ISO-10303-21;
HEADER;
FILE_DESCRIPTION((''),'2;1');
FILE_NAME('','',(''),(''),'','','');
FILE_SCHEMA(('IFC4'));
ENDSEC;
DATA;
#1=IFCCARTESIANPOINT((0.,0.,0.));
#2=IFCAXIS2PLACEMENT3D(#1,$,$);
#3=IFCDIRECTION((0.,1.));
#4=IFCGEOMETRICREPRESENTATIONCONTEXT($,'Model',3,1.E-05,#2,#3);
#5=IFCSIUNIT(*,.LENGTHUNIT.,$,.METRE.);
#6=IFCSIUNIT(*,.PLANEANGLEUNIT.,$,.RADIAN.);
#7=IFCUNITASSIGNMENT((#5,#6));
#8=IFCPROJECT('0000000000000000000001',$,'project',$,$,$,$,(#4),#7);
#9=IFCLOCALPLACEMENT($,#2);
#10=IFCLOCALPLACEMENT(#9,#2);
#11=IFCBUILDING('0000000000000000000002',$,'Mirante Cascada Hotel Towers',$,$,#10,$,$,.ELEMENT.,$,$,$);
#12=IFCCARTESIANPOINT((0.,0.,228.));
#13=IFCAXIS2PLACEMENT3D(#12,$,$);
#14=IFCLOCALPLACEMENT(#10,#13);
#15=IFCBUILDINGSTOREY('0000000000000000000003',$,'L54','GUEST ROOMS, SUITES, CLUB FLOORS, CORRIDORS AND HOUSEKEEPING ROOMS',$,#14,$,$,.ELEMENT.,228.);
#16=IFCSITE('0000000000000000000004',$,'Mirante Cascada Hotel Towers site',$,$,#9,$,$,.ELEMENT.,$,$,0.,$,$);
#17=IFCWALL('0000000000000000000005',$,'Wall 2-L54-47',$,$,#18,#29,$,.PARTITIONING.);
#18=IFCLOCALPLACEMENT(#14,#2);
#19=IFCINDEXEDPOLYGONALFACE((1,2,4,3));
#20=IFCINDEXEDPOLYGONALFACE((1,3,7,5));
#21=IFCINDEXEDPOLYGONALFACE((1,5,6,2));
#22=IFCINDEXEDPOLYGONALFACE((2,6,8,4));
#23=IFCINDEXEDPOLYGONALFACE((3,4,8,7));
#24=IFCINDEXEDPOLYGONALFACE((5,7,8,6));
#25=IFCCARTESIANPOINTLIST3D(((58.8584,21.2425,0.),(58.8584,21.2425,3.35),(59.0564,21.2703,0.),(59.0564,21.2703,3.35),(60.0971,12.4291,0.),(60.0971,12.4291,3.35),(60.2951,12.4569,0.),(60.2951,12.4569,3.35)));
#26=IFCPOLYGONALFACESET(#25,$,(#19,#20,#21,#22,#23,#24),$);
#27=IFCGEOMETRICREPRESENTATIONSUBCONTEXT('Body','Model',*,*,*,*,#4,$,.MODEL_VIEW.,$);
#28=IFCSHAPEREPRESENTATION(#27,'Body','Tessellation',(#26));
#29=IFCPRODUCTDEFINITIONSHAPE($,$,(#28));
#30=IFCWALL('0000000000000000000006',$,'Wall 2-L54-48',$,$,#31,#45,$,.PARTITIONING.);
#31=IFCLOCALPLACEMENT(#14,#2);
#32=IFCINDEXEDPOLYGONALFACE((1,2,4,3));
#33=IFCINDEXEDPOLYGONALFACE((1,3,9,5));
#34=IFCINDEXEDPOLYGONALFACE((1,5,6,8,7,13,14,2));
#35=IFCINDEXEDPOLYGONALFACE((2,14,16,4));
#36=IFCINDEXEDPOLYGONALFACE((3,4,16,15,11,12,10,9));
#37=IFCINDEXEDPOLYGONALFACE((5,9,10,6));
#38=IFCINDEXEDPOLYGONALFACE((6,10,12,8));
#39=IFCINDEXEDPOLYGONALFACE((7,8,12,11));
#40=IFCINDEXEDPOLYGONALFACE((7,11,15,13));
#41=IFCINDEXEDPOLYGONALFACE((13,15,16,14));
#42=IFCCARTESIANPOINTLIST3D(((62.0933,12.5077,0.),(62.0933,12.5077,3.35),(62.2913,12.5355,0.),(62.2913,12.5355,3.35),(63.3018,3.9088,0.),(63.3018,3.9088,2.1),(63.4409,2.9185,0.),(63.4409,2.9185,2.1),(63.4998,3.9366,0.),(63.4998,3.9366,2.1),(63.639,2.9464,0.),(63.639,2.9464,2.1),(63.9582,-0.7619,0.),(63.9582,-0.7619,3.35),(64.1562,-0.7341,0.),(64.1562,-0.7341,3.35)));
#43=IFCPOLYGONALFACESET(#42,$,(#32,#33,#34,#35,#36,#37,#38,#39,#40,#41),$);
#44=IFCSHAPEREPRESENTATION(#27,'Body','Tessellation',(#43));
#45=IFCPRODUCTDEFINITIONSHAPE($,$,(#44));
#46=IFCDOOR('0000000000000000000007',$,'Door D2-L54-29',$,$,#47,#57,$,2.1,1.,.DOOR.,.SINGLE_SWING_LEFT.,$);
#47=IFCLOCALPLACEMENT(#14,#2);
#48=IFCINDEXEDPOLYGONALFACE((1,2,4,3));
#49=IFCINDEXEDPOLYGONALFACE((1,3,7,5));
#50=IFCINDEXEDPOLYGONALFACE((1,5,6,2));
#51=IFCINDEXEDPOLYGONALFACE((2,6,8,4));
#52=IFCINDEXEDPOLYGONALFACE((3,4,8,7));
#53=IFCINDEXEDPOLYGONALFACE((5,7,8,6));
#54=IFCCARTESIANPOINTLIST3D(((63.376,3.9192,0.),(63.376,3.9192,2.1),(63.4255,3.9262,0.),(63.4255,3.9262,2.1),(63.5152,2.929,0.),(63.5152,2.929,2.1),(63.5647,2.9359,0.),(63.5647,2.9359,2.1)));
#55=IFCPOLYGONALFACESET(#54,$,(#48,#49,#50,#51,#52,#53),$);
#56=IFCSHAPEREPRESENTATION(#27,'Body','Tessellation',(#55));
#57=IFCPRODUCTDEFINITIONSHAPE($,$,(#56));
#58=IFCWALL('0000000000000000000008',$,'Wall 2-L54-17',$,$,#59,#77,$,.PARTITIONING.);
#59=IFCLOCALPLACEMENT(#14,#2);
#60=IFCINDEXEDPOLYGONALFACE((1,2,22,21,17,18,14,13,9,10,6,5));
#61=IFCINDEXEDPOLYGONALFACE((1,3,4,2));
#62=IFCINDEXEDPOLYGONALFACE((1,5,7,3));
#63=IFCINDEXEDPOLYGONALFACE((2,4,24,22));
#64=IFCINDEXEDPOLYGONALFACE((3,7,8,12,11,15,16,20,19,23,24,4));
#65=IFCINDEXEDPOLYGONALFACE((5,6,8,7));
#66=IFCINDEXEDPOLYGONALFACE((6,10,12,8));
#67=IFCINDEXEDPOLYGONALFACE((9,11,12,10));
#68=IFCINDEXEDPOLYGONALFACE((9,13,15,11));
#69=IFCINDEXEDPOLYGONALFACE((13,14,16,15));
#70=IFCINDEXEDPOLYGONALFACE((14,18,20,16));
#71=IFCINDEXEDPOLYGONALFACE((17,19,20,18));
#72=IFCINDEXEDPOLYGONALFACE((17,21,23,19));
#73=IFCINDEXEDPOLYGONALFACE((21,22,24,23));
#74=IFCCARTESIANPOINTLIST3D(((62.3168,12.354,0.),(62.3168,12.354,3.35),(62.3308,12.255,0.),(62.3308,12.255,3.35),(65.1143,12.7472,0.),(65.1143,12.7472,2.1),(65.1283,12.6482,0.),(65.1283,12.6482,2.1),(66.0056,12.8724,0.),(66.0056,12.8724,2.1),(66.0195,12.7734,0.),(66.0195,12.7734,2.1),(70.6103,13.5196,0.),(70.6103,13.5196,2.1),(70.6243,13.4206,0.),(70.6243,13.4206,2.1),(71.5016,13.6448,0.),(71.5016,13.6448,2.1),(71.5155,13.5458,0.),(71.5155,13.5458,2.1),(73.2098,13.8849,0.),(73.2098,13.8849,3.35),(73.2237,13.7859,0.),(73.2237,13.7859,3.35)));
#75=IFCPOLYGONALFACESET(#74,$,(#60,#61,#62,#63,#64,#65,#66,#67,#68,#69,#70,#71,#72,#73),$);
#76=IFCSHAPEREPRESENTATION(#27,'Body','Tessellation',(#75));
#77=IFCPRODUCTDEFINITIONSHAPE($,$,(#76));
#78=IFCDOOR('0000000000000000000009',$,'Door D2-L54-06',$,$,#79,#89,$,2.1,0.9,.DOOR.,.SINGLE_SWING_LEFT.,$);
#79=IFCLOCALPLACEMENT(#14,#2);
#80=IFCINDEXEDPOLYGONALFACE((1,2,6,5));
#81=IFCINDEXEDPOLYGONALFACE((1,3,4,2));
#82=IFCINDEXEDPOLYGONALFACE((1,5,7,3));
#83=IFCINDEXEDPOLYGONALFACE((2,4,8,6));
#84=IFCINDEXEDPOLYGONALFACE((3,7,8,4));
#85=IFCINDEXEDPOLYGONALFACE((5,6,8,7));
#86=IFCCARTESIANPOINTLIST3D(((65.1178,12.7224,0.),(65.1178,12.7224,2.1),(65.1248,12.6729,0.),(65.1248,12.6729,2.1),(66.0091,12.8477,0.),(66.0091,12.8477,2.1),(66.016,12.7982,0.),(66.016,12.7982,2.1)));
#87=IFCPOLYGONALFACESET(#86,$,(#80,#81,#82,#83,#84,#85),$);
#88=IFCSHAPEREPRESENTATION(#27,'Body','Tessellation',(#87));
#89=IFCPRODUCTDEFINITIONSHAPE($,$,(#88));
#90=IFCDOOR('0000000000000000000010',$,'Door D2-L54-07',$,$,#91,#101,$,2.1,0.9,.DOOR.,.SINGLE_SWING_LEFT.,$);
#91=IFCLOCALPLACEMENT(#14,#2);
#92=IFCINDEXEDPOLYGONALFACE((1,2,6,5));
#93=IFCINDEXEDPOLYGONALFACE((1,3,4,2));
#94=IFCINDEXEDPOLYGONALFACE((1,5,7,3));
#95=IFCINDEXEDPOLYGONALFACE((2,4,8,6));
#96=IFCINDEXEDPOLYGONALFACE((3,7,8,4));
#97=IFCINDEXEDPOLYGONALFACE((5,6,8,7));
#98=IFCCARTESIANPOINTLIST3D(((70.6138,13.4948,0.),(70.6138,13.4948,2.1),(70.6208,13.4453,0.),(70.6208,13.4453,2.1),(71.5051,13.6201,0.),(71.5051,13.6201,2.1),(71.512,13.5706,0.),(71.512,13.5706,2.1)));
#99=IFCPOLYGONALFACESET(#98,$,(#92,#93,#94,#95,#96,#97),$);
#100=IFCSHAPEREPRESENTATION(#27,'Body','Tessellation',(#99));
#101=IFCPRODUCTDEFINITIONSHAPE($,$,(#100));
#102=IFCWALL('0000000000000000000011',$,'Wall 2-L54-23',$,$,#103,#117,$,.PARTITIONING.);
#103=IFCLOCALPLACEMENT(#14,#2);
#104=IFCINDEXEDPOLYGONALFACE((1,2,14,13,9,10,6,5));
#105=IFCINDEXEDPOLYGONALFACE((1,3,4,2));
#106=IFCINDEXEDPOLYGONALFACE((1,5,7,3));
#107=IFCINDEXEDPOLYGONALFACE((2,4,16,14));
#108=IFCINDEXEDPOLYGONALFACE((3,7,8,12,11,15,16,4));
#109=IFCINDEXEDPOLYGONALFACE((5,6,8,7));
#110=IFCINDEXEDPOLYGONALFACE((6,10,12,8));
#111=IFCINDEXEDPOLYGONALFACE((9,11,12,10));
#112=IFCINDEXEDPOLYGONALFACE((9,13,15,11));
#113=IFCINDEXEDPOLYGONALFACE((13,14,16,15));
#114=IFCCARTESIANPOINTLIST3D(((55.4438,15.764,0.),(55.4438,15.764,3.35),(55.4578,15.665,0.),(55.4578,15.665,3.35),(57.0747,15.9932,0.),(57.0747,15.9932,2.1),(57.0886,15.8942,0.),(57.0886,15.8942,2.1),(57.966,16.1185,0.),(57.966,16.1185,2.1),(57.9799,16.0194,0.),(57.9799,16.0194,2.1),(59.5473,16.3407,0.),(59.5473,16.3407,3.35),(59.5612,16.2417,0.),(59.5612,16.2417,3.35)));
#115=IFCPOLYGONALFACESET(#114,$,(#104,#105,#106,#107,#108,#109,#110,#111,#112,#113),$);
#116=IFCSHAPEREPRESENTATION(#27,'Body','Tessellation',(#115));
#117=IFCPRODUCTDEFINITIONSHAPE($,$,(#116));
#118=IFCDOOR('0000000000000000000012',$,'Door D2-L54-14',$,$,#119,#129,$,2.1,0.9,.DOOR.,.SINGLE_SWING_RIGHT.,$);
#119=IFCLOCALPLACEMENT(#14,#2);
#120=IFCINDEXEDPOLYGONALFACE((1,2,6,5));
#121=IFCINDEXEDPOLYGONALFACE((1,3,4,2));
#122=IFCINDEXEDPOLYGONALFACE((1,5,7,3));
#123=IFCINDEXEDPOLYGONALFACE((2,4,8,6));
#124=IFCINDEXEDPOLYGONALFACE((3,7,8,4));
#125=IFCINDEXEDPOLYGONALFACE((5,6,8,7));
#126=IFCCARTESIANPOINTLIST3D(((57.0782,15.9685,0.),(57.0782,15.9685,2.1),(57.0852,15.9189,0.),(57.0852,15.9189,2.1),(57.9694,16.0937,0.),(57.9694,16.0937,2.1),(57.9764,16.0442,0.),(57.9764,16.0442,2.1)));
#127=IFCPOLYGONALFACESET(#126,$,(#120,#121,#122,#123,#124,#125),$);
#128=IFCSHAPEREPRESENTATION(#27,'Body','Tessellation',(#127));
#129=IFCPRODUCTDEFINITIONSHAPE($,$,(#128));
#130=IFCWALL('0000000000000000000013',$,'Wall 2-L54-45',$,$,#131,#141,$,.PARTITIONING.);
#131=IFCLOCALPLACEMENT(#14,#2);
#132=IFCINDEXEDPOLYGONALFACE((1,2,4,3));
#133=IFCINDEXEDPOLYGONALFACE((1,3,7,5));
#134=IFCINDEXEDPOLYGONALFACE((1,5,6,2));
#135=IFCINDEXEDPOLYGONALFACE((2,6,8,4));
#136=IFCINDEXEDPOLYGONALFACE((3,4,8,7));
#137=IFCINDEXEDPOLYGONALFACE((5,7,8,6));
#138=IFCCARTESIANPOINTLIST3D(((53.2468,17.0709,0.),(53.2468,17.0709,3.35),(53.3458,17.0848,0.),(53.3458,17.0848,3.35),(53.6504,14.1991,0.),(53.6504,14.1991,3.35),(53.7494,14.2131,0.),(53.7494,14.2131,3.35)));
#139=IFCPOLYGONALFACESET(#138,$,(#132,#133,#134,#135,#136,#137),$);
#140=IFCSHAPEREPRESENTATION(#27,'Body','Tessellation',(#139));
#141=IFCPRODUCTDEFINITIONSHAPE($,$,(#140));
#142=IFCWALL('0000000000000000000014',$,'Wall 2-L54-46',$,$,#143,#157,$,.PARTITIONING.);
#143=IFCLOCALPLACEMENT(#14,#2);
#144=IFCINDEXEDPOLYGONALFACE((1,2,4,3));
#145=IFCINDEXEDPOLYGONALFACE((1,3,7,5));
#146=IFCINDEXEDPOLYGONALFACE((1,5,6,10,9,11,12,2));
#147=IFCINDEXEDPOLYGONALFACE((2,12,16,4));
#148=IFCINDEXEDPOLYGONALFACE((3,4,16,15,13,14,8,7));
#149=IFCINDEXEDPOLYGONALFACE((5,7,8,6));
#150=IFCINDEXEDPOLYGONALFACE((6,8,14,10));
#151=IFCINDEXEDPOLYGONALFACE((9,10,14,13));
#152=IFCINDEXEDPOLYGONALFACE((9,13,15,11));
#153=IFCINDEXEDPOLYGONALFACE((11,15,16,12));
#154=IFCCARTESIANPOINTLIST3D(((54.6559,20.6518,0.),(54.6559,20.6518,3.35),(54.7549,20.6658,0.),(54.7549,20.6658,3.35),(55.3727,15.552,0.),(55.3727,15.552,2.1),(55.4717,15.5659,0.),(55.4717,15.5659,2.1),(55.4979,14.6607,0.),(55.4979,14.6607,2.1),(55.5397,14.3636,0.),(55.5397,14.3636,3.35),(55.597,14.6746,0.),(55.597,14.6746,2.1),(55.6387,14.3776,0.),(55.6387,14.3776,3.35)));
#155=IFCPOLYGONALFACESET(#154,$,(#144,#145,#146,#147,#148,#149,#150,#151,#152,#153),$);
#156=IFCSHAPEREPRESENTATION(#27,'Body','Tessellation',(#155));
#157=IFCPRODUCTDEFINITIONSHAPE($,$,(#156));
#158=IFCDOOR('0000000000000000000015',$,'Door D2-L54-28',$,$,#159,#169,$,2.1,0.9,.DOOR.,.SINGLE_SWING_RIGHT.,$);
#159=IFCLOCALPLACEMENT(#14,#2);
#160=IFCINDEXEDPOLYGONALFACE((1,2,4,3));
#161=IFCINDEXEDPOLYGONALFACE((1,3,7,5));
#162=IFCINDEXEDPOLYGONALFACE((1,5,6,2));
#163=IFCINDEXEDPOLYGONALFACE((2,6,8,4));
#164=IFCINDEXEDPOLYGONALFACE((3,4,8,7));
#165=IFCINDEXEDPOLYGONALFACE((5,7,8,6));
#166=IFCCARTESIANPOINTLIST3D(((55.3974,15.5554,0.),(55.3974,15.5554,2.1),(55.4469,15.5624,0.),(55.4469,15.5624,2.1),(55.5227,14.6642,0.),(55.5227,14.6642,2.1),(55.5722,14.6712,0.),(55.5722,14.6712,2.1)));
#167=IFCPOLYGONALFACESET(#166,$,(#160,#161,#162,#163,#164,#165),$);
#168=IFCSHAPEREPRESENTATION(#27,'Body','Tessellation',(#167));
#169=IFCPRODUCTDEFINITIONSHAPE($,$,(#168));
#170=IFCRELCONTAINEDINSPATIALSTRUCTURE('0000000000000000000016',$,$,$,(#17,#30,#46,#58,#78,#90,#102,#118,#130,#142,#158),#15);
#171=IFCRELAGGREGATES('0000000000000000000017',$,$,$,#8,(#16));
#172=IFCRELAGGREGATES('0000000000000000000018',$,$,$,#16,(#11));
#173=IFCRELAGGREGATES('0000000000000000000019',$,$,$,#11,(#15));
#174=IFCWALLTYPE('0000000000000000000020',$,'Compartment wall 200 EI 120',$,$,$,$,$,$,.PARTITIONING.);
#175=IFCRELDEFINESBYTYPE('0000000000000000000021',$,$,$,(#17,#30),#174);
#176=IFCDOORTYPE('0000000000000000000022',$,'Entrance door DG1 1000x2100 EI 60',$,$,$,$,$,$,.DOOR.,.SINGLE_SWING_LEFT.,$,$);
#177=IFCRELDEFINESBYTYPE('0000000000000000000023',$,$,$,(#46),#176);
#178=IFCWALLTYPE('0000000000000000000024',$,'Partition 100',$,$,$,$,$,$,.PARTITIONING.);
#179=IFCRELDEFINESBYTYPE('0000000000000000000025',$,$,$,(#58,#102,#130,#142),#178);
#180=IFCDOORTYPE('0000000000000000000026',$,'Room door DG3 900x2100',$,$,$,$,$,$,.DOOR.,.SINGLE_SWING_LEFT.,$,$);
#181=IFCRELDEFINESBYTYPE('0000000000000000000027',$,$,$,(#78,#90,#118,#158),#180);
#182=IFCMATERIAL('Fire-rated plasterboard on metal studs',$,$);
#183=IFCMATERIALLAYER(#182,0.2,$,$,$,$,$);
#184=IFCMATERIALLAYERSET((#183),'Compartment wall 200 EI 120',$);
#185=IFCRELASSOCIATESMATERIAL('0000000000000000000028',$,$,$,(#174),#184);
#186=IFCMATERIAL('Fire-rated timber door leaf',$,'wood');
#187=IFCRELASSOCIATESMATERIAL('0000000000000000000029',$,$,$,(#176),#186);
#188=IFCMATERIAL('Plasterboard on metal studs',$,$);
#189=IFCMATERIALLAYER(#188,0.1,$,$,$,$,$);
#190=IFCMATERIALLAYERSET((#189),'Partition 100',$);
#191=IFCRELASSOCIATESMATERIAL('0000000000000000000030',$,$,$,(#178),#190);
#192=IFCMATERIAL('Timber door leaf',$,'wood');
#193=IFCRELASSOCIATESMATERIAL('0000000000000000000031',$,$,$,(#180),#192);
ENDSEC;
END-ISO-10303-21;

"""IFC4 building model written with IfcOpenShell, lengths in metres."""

from ifc_helpers import new_model, si_unit, direction, frame, frame_2d, origin, place, context, subcontext, project, spatial, rectangle, extrude, material, layer, layer_set, type_object, element, fill, save


model = new_model("IFC4")

# Units and contexts
model_context = context("Model", 3, precision=1e-05, world=origin(), true_north=direction((0.0, 1.0)))
body_context = subcontext(model_context, "Body", "Model", "MODEL_VIEW")
ifc_project = project(units=[si_unit("LENGTHUNIT", "METRE"), si_unit("PLANEANGLEUNIT", "RADIAN")], contexts=[model_context])

# Site, building, storey
site_placement = place(None, origin())
site = spatial("IfcSite", under=ifc_project, at=site_placement, Name="Mirante Cascada Hotel Towers site", CompositionType="ELEMENT", RefElevation=0.0)
building_placement = place(site_placement, origin())
building = spatial("IfcBuilding", under=site, at=building_placement, Name="Mirante Cascada Hotel Towers", CompositionType="ELEMENT")
storey_placement = place(building_placement, frame((0.0, 0.0, 228.0)))
storey = spatial("IfcBuildingStorey", under=building, at=storey_placement, Name="L54", Description="GUEST ROOMS, SUITES, CLUB FLOORS, CORRIDORS AND HOUSEKEEPING ROOMS", CompositionType="ELEMENT", Elevation=228.0)

# Shared definitions
ifc_material_1 = material(Name="Fire-rated plasterboard on metal studs")
ifc_layer_1 = layer(ifc_material_1, 0.2)
ifc_layer_set_1 = layer_set([ifc_layer_1], Name="Compartment wall 200 EI 120")
wall_type_1 = type_object("IfcWallType", Name="Compartment wall 200 EI 120", PredefinedType="PARTITIONING", material=ifc_layer_set_1)
ifc_material_2 = material(Name="Fire-rated timber door leaf", Category="wood")
door_type_1 = type_object("IfcDoorType", Name="Entrance door DG1 1000x2100 EI 60", OperationType="SINGLE_SWING_LEFT", PredefinedType="DOOR", material=ifc_material_2)

# Wall
wall_1_placement = place(storey_placement, frame((60.1961, 12.443, 0.0), z_axis=(0.0, 0.0, 1.0), x_axis=(-0.139179, 0.990267, 0.0)))
element("IfcWall", 1, at=wall_1_placement, inside=storey, type_object=wall_type_1, Name="Wall 2-L54-47", PredefinedType="PARTITIONING", context=body_context, shape_type="SweptSolid", body=[
    extrude(rectangle(XDim=8.9, YDim=0.2, at=frame_2d((4.45, 0.0))), origin(), (0.0, 0.0, 1.0), 3.35),
])

# Wall, opening, door
wall_2_placement = place(storey_placement, frame((62.1923, 12.5216, 0.0), z_axis=(0.0, 0.0, 1.0), x_axis=(0.139172, -0.990268, 0.0)))
wall_2 = element("IfcWall", 2, at=wall_2_placement, inside=storey, type_object=wall_type_1, Name="Wall 2-L54-48", PredefinedType="PARTITIONING", context=body_context, shape_type="SweptSolid", body=[
    extrude(rectangle(XDim=13.4, YDim=0.2, at=frame_2d((6.7, 0.0))), origin(), (0.0, 0.0, 1.0), 3.35),
])
opening_1_placement = place(wall_2_placement, frame((8.6834, 0.0, 0.0)))
opening_1 = element("IfcOpeningElement", 3, at=opening_1_placement, cuts=wall_2, PredefinedType="OPENING", context=body_context, shape_type="SweptSolid", body=[
    extrude(rectangle(XDim=1.0, YDim=2.1, at=frame_2d((0.5, 1.05))), frame((0.0, 0.1, 0.0), z_axis=(0.0, -1.0, 0.0), x_axis=(1.0, 0.0, 0.0)), (0.0, 0.0, 1.0), 0.2),
])
door_1_placement = place(opening_1_placement, origin())
door_1 = element("IfcDoor", 4, at=door_1_placement, inside=storey, type_object=door_type_1, Name="Door D2-L54-29", OperationType="SINGLE_SWING_LEFT", OverallHeight=2.1, OverallWidth=1.0, PredefinedType="DOOR", context=body_context, shape_type="SweptSolid", body=[
    extrude(rectangle(XDim=1.0, YDim=2.1, at=frame_2d((0.5, 1.05))), frame((0.0, 0.025, 0.0), z_axis=(0.0, -1.0, 0.0), x_axis=(1.0, 0.0, 0.0)), (0.0, 0.0, 1.0), 0.05),
])
fill(opening_1, door_1)

# Wall, openings, doors
ifc_material_3 = material(Name="Plasterboard on metal studs")
ifc_layer_2 = layer(ifc_material_3, 0.1)
ifc_layer_set_2 = layer_set([ifc_layer_2], Name="Partition 100")
wall_type_2 = type_object("IfcWallType", Name="Partition 100", PredefinedType="PARTITIONING", material=ifc_layer_set_2)
wall_3_placement = place(storey_placement, frame((62.3238, 12.3045, 0.0), z_axis=(0.0, 0.0, 1.0), x_axis=(0.990268, 0.139173, 0.0)))
wall_3 = element("IfcWall", 5, at=wall_3_placement, inside=storey, type_object=wall_type_2, Name="Wall 2-L54-17", PredefinedType="PARTITIONING", context=body_context, shape_type="SweptSolid", body=[
    extrude(rectangle(XDim=11.0, YDim=0.1, at=frame_2d((5.5, 0.0))), origin(), (0.0, 0.0, 1.0), 3.35),
])
opening_2_placement = place(wall_3_placement, frame((2.825, 0.0, 0.0)))
opening_2 = element("IfcOpeningElement", 6, at=opening_2_placement, cuts=wall_3, PredefinedType="OPENING", context=body_context, shape_type="SweptSolid", body=[
    extrude(rectangle(XDim=0.9, YDim=2.1, at=frame_2d((0.45, 1.05))), frame((0.0, 0.05, 0.0), z_axis=(0.0, -1.0, 0.0), x_axis=(1.0, 0.0, 0.0)), (0.0, 0.0, 1.0), 0.1),
])
opening_3_placement = place(wall_3_placement, frame((8.375, 0.0, 0.0)))
opening_3 = element("IfcOpeningElement", 7, at=opening_3_placement, cuts=wall_3, PredefinedType="OPENING", context=body_context, shape_type="SweptSolid", body=[
    extrude(rectangle(XDim=0.9, YDim=2.1, at=frame_2d((0.45, 1.05))), frame((0.0, 0.05, 0.0), z_axis=(0.0, -1.0, 0.0), x_axis=(1.0, 0.0, 0.0)), (0.0, 0.0, 1.0), 0.1),
])
ifc_material_4 = material(Name="Timber door leaf", Category="wood")
door_type_2 = type_object("IfcDoorType", Name="Room door DG3 900x2100", OperationType="SINGLE_SWING_LEFT", PredefinedType="DOOR", material=ifc_material_4)
door_2_placement = place(opening_2_placement, origin())
door_2 = element("IfcDoor", 8, at=door_2_placement, inside=storey, type_object=door_type_2, Name="Door D2-L54-06", OperationType="SINGLE_SWING_LEFT", OverallHeight=2.1, OverallWidth=0.9, PredefinedType="DOOR", context=body_context, shape_type="SweptSolid", body=[
    extrude(rectangle(XDim=0.9, YDim=2.1, at=frame_2d((0.45, 1.05))), frame((0.0, 0.025, 0.0), z_axis=(0.0, -1.0, 0.0), x_axis=(1.0, 0.0, 0.0)), (0.0, 0.0, 1.0), 0.05),
])
fill(opening_2, door_2)
door_3_placement = place(opening_3_placement, origin())
door_3 = element("IfcDoor", 9, at=door_3_placement, inside=storey, type_object=door_type_2, Name="Door D2-L54-07", OperationType="SINGLE_SWING_LEFT", OverallHeight=2.1, OverallWidth=0.9, PredefinedType="DOOR", context=body_context, shape_type="SweptSolid", body=[
    extrude(rectangle(XDim=0.9, YDim=2.1, at=frame_2d((0.45, 1.05))), frame((0.0, 0.025, 0.0), z_axis=(0.0, -1.0, 0.0), x_axis=(1.0, 0.0, 0.0)), (0.0, 0.0, 1.0), 0.05),
])
fill(opening_3, door_3)

# Wall, opening, door
wall_4_placement = place(storey_placement, frame((55.4508, 15.7145, 0.0), z_axis=(0.0, 0.0, 1.0), x_axis=(0.990268, 0.139171, 0.0)))
wall_4 = element("IfcWall", 10, at=wall_4_placement, inside=storey, type_object=wall_type_2, Name="Wall 2-L54-23", PredefinedType="PARTITIONING", context=body_context, shape_type="SweptSolid", body=[
    extrude(rectangle(XDim=4.1438, YDim=0.1, at=frame_2d((2.0719, 0.0))), origin(), (0.0, 0.0, 1.0), 3.35),
])
opening_4_placement = place(wall_4_placement, frame((1.6469, 0.0, 0.0)))
opening_4 = element("IfcOpeningElement", 11, at=opening_4_placement, cuts=wall_4, PredefinedType="OPENING", context=body_context, shape_type="SweptSolid", body=[
    extrude(rectangle(XDim=0.9, YDim=2.1, at=frame_2d((0.45, 1.05))), frame((0.0, 0.05, 0.0), z_axis=(0.0, -1.0, 0.0), x_axis=(1.0, 0.0, 0.0)), (0.0, 0.0, 1.0), 0.1),
])
door_4_placement = place(opening_4_placement, frame((0.9, 0.0, 0.0), z_axis=(0.0, 0.0, 1.0), x_axis=(-1.0, 0.0, 0.0)))
door_4 = element("IfcDoor", 12, at=door_4_placement, inside=storey, type_object=door_type_2, Name="Door D2-L54-14", OperationType="SINGLE_SWING_RIGHT", OverallHeight=2.1, OverallWidth=0.9, PredefinedType="DOOR", context=body_context, shape_type="SweptSolid", body=[
    extrude(rectangle(XDim=0.9, YDim=2.1, at=frame_2d((0.45, 1.05))), frame((0.0, 0.025, 0.0), z_axis=(0.0, -1.0, 0.0), x_axis=(1.0, 0.0, 0.0)), (0.0, 0.0, 1.0), 0.05),
])
fill(opening_4, door_4)

# Wall
wall_5_placement = place(storey_placement, frame((53.6999, 14.2061, 0.0), z_axis=(0.0, 0.0, 1.0), x_axis=(-0.139171, 0.990268, 0.0)))
element("IfcWall", 13, at=wall_5_placement, inside=storey, type_object=wall_type_2, Name="Wall 2-L54-45", PredefinedType="PARTITIONING", context=body_context, shape_type="SweptSolid", body=[
    extrude(rectangle(XDim=2.9, YDim=0.1, at=frame_2d((1.45, 0.0))), origin(), (0.0, 0.0, 1.0), 3.35),
])

# Wall, opening, door
wall_6_placement = place(storey_placement, frame((54.7054, 20.6588, 0.0), z_axis=(0.0, 0.0, 1.0), x_axis=(0.139181, -0.990267, 0.0)))
wall_6 = element("IfcWall", 14, at=wall_6_placement, inside=storey, type_object=wall_type_2, Name="Wall 2-L54-46", PredefinedType="PARTITIONING", context=body_context, shape_type="SweptSolid", body=[
    extrude(rectangle(XDim=6.35, YDim=0.1, at=frame_2d((3.175, 0.0))), origin(), (0.0, 0.0, 1.0), 3.35),
])
opening_5_placement = place(wall_6_placement, frame((5.15, 0.0, 0.0)))
opening_5 = element("IfcOpeningElement", 15, at=opening_5_placement, cuts=wall_6, PredefinedType="OPENING", context=body_context, shape_type="SweptSolid", body=[
    extrude(rectangle(XDim=0.9, YDim=2.1, at=frame_2d((0.45, 1.05))), frame((0.0, 0.05, 0.0), z_axis=(0.0, -1.0, 0.0), x_axis=(1.0, 0.0, 0.0)), (0.0, 0.0, 1.0), 0.1),
])
door_5_placement = place(opening_5_placement, frame((0.9, 0.0, 0.0), z_axis=(0.0, 0.0, 1.0), x_axis=(-1.0, 0.0, 0.0)))
door_5 = element("IfcDoor", 16, at=door_5_placement, inside=storey, type_object=door_type_2, Name="Door D2-L54-28", OperationType="SINGLE_SWING_RIGHT", OverallHeight=2.1, OverallWidth=0.9, PredefinedType="DOOR", context=body_context, shape_type="SweptSolid", body=[
    extrude(rectangle(XDim=0.9, YDim=2.1, at=frame_2d((0.45, 1.05))), frame((0.0, 0.025, 0.0), z_axis=(0.0, -1.0, 0.0), x_axis=(1.0, 0.0, 0.0)), (0.0, 0.0, 1.0), 0.05),
])
fill(opening_5, door_5)

save(model, "model.ifc")
